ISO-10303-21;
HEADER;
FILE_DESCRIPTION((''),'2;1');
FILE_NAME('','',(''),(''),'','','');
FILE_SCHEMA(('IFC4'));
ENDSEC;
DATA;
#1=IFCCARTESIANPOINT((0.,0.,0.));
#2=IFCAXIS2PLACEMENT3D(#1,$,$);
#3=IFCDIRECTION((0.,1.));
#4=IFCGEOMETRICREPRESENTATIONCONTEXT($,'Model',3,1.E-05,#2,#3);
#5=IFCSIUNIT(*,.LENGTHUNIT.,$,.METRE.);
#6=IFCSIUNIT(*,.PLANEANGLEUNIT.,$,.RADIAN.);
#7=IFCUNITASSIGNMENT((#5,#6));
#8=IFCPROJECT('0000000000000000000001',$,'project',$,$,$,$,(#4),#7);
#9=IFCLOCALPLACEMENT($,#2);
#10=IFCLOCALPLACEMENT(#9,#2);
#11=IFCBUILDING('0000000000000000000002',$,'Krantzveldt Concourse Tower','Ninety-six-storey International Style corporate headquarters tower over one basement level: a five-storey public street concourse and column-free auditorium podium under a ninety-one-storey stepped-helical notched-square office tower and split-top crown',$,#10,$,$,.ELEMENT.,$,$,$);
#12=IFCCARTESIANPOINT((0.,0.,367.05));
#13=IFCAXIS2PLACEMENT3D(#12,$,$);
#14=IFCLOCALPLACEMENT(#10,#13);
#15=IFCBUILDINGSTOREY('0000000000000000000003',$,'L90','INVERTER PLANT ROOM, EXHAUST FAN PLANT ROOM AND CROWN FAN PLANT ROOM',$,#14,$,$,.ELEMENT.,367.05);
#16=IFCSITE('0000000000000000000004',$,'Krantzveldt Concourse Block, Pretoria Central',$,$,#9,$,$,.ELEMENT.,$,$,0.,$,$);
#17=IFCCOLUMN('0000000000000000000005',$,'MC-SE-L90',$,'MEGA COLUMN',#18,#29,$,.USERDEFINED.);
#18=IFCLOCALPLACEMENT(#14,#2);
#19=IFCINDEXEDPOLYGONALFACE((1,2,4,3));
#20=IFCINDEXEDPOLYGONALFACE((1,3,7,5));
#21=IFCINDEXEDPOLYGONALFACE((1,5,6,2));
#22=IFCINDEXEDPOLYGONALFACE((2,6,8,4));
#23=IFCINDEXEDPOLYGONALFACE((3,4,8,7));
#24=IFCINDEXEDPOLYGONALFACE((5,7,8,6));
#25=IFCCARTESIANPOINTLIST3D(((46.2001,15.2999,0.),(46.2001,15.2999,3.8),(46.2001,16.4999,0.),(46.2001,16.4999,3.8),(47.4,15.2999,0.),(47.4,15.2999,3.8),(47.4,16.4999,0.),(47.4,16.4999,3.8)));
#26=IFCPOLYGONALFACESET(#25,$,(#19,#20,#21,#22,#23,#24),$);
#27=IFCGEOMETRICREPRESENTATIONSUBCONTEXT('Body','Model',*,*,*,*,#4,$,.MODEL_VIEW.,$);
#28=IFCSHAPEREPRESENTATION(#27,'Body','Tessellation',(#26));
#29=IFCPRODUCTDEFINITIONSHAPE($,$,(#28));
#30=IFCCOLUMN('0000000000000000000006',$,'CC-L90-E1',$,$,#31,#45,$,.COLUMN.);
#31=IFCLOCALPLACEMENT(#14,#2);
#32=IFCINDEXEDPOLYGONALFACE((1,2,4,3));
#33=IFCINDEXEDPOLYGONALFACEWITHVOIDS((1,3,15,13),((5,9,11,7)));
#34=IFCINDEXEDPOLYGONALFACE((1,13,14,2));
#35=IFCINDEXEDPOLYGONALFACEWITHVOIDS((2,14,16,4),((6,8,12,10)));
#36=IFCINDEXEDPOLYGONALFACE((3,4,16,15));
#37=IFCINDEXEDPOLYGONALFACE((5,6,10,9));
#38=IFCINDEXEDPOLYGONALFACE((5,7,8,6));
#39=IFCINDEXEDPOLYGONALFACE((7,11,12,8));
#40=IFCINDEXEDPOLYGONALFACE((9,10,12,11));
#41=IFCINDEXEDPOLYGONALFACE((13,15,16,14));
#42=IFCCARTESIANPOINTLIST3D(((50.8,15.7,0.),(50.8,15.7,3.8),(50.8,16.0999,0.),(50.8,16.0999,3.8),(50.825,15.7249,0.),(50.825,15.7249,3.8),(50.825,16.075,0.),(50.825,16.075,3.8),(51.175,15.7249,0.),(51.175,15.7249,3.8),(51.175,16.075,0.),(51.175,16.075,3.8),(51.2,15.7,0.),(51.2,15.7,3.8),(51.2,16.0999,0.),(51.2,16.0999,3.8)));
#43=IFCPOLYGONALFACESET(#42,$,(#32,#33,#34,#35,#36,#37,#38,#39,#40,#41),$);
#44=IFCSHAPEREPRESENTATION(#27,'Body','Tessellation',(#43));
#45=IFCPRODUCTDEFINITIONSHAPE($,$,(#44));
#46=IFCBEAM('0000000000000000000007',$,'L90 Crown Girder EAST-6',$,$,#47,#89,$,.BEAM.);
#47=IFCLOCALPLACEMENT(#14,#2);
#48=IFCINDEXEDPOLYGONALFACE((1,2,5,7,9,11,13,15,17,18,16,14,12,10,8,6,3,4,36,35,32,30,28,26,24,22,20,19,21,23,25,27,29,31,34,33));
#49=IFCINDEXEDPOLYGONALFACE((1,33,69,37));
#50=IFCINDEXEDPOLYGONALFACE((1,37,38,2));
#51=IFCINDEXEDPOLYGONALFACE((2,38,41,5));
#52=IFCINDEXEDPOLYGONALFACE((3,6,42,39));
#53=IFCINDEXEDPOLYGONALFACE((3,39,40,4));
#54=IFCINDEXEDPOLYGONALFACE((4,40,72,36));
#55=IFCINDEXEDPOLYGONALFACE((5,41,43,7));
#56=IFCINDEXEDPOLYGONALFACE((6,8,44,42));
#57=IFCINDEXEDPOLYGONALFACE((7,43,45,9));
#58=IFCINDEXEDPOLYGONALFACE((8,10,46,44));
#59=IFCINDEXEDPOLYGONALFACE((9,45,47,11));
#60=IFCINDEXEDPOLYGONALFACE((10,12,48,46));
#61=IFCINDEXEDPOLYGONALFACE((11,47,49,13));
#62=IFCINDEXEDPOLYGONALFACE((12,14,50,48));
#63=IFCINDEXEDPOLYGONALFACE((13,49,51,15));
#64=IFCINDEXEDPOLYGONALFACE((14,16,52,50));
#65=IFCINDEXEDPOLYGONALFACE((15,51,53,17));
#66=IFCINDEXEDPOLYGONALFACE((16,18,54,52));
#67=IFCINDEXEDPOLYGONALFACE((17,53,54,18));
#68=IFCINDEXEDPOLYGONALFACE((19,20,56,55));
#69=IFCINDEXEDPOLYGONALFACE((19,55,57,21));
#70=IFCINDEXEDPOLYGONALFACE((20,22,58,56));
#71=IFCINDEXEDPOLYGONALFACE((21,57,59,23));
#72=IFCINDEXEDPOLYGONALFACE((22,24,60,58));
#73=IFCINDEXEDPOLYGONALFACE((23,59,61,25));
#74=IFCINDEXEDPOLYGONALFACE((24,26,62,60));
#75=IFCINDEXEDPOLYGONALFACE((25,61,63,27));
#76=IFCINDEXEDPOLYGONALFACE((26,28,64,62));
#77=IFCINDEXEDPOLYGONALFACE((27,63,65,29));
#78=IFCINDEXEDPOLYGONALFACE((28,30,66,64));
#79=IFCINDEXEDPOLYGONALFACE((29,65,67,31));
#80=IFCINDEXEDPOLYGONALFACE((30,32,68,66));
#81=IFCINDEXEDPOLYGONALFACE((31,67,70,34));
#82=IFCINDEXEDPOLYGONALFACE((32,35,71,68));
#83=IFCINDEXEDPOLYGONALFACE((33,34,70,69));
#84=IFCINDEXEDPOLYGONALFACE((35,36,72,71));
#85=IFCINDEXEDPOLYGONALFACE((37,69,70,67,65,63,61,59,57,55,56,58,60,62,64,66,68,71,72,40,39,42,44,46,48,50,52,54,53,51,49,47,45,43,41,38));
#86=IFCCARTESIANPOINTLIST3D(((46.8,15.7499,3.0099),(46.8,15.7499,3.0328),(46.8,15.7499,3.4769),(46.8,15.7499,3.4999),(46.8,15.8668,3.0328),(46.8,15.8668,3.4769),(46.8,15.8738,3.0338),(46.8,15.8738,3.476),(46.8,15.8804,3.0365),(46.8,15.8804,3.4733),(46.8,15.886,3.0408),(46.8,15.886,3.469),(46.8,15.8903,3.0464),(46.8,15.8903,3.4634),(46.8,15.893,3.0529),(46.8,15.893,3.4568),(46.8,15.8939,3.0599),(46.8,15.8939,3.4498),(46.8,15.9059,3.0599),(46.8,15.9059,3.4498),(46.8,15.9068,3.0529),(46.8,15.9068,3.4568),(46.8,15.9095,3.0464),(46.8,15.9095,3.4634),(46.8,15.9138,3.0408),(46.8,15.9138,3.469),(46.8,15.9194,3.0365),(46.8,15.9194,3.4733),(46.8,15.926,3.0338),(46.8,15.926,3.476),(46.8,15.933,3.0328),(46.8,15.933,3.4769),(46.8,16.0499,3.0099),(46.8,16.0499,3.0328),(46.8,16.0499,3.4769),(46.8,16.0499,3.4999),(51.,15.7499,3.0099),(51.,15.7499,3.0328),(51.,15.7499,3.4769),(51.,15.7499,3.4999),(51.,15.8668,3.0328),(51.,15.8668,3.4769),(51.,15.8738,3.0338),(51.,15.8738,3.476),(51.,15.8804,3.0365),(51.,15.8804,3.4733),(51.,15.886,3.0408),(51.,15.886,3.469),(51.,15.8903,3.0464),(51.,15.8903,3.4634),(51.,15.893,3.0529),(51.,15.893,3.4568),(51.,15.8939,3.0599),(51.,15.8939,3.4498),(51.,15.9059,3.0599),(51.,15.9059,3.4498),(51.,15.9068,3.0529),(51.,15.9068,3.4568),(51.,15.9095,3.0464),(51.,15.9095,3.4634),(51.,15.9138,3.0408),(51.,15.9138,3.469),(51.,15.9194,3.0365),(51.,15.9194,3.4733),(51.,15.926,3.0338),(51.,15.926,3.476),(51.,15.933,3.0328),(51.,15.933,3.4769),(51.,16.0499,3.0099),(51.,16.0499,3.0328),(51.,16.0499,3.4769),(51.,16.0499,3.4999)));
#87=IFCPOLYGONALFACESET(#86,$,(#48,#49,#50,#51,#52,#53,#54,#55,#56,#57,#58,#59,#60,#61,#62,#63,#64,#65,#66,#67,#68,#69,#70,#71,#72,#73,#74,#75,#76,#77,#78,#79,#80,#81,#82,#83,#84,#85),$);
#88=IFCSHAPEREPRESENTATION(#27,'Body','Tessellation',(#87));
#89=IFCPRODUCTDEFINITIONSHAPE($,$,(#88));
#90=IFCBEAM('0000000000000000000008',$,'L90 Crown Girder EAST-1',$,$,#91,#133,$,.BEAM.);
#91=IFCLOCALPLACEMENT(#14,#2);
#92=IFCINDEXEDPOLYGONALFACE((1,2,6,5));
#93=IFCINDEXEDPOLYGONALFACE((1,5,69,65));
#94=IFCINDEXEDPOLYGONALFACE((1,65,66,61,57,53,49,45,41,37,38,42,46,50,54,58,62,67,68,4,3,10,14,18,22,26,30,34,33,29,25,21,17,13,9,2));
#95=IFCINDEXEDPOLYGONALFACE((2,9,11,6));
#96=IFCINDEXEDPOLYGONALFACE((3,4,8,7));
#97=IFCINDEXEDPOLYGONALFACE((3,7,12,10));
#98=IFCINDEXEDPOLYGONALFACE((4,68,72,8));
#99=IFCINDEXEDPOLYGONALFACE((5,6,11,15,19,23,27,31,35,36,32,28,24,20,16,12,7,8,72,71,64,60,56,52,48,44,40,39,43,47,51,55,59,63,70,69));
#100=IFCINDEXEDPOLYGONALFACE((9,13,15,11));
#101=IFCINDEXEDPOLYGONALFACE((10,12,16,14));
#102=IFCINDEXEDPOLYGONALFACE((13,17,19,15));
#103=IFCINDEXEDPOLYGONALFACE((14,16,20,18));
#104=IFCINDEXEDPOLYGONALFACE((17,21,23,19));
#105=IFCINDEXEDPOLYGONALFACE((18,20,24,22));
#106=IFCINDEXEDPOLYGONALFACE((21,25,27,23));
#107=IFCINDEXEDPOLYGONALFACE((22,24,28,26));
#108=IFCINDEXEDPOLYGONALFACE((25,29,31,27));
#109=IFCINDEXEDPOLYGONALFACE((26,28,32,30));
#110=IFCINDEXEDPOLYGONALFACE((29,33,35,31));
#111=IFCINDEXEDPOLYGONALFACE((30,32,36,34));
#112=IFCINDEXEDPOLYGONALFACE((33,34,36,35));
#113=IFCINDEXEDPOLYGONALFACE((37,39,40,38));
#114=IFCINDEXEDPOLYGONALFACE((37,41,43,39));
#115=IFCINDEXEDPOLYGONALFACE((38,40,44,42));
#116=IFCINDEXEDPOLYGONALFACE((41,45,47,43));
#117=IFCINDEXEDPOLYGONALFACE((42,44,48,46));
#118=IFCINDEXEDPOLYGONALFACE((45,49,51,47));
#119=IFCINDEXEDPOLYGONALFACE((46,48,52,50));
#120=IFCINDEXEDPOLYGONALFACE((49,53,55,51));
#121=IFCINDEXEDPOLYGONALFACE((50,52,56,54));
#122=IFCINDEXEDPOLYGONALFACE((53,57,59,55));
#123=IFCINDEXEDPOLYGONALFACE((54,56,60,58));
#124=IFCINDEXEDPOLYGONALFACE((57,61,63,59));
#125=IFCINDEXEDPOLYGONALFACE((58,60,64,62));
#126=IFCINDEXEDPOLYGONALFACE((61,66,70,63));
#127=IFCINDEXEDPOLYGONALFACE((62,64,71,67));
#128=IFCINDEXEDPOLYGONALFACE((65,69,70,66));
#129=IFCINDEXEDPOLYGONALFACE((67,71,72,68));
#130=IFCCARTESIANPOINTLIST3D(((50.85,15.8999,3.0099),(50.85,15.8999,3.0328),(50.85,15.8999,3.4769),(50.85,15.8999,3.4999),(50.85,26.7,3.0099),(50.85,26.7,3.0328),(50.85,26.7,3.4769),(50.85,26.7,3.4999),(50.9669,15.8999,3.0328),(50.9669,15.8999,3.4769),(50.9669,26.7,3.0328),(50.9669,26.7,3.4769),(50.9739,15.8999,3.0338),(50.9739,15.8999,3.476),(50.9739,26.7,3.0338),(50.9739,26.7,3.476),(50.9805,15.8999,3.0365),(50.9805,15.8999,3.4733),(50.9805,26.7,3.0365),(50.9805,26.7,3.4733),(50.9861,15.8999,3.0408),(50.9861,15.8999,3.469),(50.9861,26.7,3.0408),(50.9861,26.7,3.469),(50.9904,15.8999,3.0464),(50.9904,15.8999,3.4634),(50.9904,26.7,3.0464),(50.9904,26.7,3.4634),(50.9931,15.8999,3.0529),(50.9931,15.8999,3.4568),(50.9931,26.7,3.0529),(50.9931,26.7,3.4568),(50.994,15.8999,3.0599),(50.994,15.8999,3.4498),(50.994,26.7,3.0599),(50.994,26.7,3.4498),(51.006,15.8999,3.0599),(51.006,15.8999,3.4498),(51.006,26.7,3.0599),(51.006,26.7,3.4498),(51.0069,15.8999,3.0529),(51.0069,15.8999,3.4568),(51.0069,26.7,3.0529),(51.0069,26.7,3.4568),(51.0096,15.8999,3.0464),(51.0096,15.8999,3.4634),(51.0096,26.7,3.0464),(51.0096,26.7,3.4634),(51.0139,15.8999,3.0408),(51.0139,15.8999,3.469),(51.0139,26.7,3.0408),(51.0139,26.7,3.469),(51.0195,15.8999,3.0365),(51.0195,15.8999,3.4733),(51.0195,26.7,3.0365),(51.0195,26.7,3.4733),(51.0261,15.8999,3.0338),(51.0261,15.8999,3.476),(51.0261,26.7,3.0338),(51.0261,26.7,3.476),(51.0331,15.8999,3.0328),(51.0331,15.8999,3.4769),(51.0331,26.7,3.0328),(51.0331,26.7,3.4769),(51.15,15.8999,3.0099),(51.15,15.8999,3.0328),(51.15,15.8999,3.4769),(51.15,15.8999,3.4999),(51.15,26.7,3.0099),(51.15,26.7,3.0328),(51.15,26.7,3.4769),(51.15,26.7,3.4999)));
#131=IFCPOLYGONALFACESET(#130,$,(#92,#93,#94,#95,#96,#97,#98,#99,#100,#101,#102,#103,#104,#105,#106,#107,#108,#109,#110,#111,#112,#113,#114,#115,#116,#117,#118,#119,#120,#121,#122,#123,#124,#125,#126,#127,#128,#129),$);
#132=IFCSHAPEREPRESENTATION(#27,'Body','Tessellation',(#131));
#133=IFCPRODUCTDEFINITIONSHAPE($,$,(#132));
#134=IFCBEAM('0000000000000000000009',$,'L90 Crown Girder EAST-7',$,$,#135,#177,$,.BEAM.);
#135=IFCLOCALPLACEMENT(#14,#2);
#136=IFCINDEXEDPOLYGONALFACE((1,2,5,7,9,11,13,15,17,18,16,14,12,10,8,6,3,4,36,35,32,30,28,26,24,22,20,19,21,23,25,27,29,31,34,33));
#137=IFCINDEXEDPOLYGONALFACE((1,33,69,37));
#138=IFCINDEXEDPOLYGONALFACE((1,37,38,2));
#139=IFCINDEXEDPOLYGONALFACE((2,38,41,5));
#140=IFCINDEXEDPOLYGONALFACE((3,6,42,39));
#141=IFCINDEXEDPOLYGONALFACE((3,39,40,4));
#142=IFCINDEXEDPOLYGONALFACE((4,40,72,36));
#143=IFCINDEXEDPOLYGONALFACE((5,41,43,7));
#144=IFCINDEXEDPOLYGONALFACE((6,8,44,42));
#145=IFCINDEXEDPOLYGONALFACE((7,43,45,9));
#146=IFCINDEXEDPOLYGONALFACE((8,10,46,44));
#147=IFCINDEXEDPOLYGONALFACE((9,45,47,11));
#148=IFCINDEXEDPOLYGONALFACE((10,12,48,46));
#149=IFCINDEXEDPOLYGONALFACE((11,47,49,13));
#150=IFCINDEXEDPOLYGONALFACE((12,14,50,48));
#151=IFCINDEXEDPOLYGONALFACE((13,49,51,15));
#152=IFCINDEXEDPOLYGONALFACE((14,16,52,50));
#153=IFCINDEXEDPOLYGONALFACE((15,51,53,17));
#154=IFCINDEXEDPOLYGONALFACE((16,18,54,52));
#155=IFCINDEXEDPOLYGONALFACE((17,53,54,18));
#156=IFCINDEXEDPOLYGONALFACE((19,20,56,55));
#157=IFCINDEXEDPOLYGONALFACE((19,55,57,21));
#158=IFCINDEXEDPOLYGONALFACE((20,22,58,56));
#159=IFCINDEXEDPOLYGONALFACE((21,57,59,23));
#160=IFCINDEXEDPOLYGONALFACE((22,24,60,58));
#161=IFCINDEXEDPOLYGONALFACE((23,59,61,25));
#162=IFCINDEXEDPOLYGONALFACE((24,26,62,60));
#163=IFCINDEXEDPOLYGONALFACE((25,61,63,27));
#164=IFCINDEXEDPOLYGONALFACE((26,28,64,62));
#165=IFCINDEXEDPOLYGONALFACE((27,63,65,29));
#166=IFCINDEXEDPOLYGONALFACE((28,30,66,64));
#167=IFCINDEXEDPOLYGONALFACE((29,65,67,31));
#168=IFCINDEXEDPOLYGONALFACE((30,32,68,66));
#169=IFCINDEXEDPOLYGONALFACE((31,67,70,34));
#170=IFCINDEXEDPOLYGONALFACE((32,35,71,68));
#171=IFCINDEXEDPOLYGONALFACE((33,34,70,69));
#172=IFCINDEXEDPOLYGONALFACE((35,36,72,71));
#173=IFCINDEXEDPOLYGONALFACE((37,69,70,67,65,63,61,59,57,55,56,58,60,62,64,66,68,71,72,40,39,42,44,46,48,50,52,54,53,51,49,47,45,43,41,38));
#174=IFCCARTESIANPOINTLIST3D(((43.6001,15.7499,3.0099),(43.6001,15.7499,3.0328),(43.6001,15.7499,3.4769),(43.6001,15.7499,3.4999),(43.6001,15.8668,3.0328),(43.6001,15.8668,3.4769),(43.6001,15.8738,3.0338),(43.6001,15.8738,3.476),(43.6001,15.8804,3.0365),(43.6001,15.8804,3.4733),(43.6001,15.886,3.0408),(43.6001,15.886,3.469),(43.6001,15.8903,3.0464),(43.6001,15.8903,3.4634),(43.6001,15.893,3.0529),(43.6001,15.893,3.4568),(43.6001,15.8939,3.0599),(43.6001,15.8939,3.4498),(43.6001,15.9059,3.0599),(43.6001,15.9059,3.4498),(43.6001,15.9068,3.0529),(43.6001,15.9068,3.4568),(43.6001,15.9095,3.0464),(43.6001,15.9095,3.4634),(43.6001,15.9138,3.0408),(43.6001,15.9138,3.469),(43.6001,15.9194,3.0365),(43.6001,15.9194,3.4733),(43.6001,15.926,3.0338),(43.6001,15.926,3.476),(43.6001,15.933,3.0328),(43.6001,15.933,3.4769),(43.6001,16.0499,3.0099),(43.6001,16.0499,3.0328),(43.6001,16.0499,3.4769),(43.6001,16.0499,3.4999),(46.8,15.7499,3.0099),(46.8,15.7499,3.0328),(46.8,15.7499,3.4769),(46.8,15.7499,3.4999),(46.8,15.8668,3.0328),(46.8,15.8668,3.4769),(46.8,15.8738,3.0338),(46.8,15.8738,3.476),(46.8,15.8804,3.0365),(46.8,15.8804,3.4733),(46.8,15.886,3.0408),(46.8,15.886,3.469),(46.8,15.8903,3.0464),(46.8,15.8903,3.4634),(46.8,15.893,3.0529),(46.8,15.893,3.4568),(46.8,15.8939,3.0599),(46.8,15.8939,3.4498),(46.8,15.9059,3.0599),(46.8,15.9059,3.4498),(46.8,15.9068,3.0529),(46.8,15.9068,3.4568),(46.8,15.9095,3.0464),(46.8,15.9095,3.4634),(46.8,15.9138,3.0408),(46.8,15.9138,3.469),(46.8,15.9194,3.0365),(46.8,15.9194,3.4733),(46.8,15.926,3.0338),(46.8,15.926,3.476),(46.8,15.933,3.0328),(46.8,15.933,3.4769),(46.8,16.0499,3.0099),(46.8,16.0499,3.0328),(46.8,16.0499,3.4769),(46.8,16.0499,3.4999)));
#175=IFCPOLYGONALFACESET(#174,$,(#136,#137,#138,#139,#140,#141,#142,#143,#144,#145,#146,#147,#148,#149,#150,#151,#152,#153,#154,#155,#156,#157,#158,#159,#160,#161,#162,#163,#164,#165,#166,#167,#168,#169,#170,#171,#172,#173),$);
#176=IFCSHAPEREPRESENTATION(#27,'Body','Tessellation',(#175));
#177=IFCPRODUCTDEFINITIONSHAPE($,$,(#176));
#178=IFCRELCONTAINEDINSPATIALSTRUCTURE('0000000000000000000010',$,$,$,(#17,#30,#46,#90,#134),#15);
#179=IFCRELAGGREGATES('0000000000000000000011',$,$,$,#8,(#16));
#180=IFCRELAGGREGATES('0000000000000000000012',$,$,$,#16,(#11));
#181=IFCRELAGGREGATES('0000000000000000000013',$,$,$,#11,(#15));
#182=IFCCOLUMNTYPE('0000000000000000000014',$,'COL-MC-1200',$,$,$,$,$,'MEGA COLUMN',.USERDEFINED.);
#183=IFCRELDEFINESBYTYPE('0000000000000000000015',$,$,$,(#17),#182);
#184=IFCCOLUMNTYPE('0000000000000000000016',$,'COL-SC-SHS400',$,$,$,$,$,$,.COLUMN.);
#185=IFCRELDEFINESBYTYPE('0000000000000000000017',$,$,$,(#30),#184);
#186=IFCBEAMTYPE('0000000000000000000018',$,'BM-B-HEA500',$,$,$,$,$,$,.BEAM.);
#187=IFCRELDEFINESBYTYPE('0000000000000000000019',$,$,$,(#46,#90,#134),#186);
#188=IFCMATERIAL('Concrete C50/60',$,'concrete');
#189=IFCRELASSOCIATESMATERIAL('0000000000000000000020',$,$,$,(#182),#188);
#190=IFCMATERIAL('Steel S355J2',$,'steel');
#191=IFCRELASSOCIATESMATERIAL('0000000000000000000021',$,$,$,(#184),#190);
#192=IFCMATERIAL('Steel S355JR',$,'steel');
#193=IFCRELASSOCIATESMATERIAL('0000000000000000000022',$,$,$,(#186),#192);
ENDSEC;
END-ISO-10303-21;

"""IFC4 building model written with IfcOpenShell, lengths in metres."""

from ifc_helpers import new_model, si_unit, direction, frame, origin, origin_2d, place, context, subcontext, project, spatial, rectangle, hollow_rectangle, i_section, extrude, source, transform, mapped, material, material_profile, profile_set, type_object, type_shapes, element, save


model = new_model("IFC4")

# Units and contexts
model_context = context("Model", 3, precision=1e-05, world=origin(), true_north=direction((0.0, 1.0)))
body_context = subcontext(model_context, "Body", "Model", "MODEL_VIEW")
ifc_project = project(units=[si_unit("LENGTHUNIT", "METRE"), si_unit("PLANEANGLEUNIT", "RADIAN")], contexts=[model_context])

# Site, building, storey
site_placement = place(None, origin())
site = spatial("IfcSite", under=ifc_project, at=site_placement, Name="Krantzveldt Concourse Block, Pretoria Central", CompositionType="ELEMENT", RefElevation=0.0)
building_placement = place(site_placement, origin())
building = spatial("IfcBuilding", under=site, at=building_placement, Name="Krantzveldt Concourse Tower", Description="Ninety-six-storey International Style corporate headquarters tower over one basement level: a five-storey public street concourse and column-free auditorium podium under a ninety-one-storey stepped-helical notched-square office tower and split-top crown", CompositionType="ELEMENT")
storey_placement = place(building_placement, frame((0.0, 0.0, 367.05)))
storey = spatial("IfcBuildingStorey", under=building, at=storey_placement, Name="L90", Description="INVERTER PLANT ROOM, EXHAUST FAN PLANT ROOM AND CROWN FAN PLANT ROOM", CompositionType="ELEMENT", Elevation=367.05)

# Columns
ifc_material_1 = material(Name="Concrete C50/60", Category="concrete")
ifc_material_profile_1 = material_profile(ifc_material_1, rectangle(XDim=1.2, YDim=1.2, at=origin_2d()), Name="Concrete C50/60", Category="concrete")
ifc_profile_set_1 = profile_set([ifc_material_profile_1], Name="Concrete C50/60 - RC 1200x1200")
column_type_1 = type_object("IfcColumnType", Name="COL-MC-1200", ElementType="MEGA COLUMN", PredefinedType="USERDEFINED", material=ifc_profile_set_1)
shared_shape_1 = source(origin(), body_context, "Body", "SweptSolid", [
    extrude(rectangle(XDim=1.2, YDim=1.2, at=origin_2d()), origin(), (0.0, 0.0, 1.0), 3.8),
])
type_shapes(column_type_1, [shared_shape_1])
column_1_placement = place(storey_placement, frame((46.8, 15.8999, 0.0), z_axis=(0.0, 0.0, 1.0), x_axis=(1.0, 0.0, 0.0)))
element("IfcColumn", 1, at=column_1_placement, inside=storey, type_object=column_type_1, Name="MC-SE-L90", ObjectType="MEGA COLUMN", PredefinedType="USERDEFINED", context=body_context, shape_type="MappedRepresentation", body=[
    mapped(shared_shape_1, transform((0.0, 0.0, 0.0), x_axis=(1.0, 0.0, 0.0), y_axis=(0.0, 1.0, 0.0), z_axis=(0.0, 0.0, 1.0), scale=1.0)),
])
ifc_material_2 = material(Name="Steel S355J2", Category="steel")
ifc_material_profile_2 = material_profile(ifc_material_2, hollow_rectangle(XDim=0.3999, YDim=0.3999, WallThickness=0.0249, at=origin_2d()), Name="Steel S355J2", Category="steel")
ifc_profile_set_2 = profile_set([ifc_material_profile_2], Name="Steel S355J2 - SHS 400x400x25")
column_type_2 = type_object("IfcColumnType", Name="COL-SC-SHS400", PredefinedType="COLUMN", material=ifc_profile_set_2)
shared_shape_2 = source(origin(), body_context, "Body", "SweptSolid", [
    extrude(hollow_rectangle(XDim=0.3999, YDim=0.3999, WallThickness=0.0249, at=origin_2d()), origin(), (0.0, 0.0, 1.0), 3.8),
])
type_shapes(column_type_2, [shared_shape_2])
column_2_placement = place(storey_placement, frame((51.0, 15.8999, 0.0), z_axis=(0.0, 0.0, 1.0), x_axis=(1.0, 0.0, 0.0)))
element("IfcColumn", 2, at=column_2_placement, inside=storey, type_object=column_type_2, Name="CC-L90-E1", PredefinedType="COLUMN", context=body_context, shape_type="MappedRepresentation", body=[
    mapped(shared_shape_2, transform((0.0, 0.0, 0.0), x_axis=(1.0, 0.0, 0.0), y_axis=(0.0, 1.0, 0.0), z_axis=(0.0, 0.0, 1.0), scale=1.0)),
])

# Beams
ifc_material_3 = material(Name="Steel S355JR", Category="steel")
ifc_material_profile_3 = material_profile(ifc_material_3, i_section(OverallWidth=0.3, OverallDepth=0.49, WebThickness=0.012, FlangeThickness=0.0229, FilletRadius=0.0271, at=origin_2d()), Name="Steel S355JR", Category="steel")
ifc_profile_set_3 = profile_set([ifc_material_profile_3], Name="Steel S355JR - HEA 500")
beam_type = type_object("IfcBeamType", Name="BM-B-HEA500", PredefinedType="BEAM", material=ifc_profile_set_3)
shared_shape_3 = source(origin(), body_context, "Body", "SweptSolid", [
    extrude(i_section(OverallWidth=0.3, OverallDepth=0.49, WebThickness=0.012, FlangeThickness=0.0229, FilletRadius=0.0271, at=origin_2d()), origin(), (0.0, 0.0, 1.0), 4.2),
])
beam_1_placement = place(storey_placement, frame((51.0, 15.8999, 3.2549), z_axis=(-1.0, 0.0, 0.0), x_axis=(0.0, -1.0, 0.0)))
element("IfcBeam", 3, at=beam_1_placement, inside=storey, type_object=beam_type, Name="L90 Crown Girder EAST-6", PredefinedType="BEAM", context=body_context, shape_type="MappedRepresentation", body=[
    mapped(shared_shape_3, transform((0.0, 0.0, 0.0), x_axis=(1.0, 0.0, 0.0), y_axis=(0.0, 1.0, 0.0), z_axis=(0.0, 0.0, 1.0), scale=1.0)),
])
shared_shape_4 = source(origin(), body_context, "Body", "SweptSolid", [
    extrude(i_section(OverallWidth=0.3, OverallDepth=0.49, WebThickness=0.012, FlangeThickness=0.0229, FilletRadius=0.0271, at=origin_2d()), origin(), (0.0, 0.0, 1.0), 10.8),
])
beam_2_placement = place(storey_placement, frame((51.0, 15.8999, 3.2549), z_axis=(0.0, 1.0, 0.0), x_axis=(-1.0, 0.0, 0.0)))
element("IfcBeam", 4, at=beam_2_placement, inside=storey, type_object=beam_type, Name="L90 Crown Girder EAST-1", PredefinedType="BEAM", context=body_context, shape_type="MappedRepresentation", body=[
    mapped(shared_shape_4, transform((0.0, 0.0, 0.0), x_axis=(1.0, 0.0, 0.0), y_axis=(0.0, 1.0, 0.0), z_axis=(0.0, 0.0, 1.0), scale=1.0)),
])
shared_shape_5 = source(origin(), body_context, "Body", "SweptSolid", [
    extrude(i_section(OverallWidth=0.3, OverallDepth=0.49, WebThickness=0.012, FlangeThickness=0.0229, FilletRadius=0.0271, at=origin_2d()), origin(), (0.0, 0.0, 1.0), 3.2),
])
beam_3_placement = place(storey_placement, frame((46.8, 15.8999, 3.2549), z_axis=(-1.0, 0.0, 0.0), x_axis=(0.0, -1.0, 0.0)))
element("IfcBeam", 5, at=beam_3_placement, inside=storey, type_object=beam_type, Name="L90 Crown Girder EAST-7", PredefinedType="BEAM", context=body_context, shape_type="MappedRepresentation", body=[
    mapped(shared_shape_5, transform((0.0, 0.0, 0.0), x_axis=(1.0, 0.0, 0.0), y_axis=(0.0, 1.0, 0.0), z_axis=(0.0, 0.0, 1.0), scale=1.0)),
])

save(model, "model.ifc")
